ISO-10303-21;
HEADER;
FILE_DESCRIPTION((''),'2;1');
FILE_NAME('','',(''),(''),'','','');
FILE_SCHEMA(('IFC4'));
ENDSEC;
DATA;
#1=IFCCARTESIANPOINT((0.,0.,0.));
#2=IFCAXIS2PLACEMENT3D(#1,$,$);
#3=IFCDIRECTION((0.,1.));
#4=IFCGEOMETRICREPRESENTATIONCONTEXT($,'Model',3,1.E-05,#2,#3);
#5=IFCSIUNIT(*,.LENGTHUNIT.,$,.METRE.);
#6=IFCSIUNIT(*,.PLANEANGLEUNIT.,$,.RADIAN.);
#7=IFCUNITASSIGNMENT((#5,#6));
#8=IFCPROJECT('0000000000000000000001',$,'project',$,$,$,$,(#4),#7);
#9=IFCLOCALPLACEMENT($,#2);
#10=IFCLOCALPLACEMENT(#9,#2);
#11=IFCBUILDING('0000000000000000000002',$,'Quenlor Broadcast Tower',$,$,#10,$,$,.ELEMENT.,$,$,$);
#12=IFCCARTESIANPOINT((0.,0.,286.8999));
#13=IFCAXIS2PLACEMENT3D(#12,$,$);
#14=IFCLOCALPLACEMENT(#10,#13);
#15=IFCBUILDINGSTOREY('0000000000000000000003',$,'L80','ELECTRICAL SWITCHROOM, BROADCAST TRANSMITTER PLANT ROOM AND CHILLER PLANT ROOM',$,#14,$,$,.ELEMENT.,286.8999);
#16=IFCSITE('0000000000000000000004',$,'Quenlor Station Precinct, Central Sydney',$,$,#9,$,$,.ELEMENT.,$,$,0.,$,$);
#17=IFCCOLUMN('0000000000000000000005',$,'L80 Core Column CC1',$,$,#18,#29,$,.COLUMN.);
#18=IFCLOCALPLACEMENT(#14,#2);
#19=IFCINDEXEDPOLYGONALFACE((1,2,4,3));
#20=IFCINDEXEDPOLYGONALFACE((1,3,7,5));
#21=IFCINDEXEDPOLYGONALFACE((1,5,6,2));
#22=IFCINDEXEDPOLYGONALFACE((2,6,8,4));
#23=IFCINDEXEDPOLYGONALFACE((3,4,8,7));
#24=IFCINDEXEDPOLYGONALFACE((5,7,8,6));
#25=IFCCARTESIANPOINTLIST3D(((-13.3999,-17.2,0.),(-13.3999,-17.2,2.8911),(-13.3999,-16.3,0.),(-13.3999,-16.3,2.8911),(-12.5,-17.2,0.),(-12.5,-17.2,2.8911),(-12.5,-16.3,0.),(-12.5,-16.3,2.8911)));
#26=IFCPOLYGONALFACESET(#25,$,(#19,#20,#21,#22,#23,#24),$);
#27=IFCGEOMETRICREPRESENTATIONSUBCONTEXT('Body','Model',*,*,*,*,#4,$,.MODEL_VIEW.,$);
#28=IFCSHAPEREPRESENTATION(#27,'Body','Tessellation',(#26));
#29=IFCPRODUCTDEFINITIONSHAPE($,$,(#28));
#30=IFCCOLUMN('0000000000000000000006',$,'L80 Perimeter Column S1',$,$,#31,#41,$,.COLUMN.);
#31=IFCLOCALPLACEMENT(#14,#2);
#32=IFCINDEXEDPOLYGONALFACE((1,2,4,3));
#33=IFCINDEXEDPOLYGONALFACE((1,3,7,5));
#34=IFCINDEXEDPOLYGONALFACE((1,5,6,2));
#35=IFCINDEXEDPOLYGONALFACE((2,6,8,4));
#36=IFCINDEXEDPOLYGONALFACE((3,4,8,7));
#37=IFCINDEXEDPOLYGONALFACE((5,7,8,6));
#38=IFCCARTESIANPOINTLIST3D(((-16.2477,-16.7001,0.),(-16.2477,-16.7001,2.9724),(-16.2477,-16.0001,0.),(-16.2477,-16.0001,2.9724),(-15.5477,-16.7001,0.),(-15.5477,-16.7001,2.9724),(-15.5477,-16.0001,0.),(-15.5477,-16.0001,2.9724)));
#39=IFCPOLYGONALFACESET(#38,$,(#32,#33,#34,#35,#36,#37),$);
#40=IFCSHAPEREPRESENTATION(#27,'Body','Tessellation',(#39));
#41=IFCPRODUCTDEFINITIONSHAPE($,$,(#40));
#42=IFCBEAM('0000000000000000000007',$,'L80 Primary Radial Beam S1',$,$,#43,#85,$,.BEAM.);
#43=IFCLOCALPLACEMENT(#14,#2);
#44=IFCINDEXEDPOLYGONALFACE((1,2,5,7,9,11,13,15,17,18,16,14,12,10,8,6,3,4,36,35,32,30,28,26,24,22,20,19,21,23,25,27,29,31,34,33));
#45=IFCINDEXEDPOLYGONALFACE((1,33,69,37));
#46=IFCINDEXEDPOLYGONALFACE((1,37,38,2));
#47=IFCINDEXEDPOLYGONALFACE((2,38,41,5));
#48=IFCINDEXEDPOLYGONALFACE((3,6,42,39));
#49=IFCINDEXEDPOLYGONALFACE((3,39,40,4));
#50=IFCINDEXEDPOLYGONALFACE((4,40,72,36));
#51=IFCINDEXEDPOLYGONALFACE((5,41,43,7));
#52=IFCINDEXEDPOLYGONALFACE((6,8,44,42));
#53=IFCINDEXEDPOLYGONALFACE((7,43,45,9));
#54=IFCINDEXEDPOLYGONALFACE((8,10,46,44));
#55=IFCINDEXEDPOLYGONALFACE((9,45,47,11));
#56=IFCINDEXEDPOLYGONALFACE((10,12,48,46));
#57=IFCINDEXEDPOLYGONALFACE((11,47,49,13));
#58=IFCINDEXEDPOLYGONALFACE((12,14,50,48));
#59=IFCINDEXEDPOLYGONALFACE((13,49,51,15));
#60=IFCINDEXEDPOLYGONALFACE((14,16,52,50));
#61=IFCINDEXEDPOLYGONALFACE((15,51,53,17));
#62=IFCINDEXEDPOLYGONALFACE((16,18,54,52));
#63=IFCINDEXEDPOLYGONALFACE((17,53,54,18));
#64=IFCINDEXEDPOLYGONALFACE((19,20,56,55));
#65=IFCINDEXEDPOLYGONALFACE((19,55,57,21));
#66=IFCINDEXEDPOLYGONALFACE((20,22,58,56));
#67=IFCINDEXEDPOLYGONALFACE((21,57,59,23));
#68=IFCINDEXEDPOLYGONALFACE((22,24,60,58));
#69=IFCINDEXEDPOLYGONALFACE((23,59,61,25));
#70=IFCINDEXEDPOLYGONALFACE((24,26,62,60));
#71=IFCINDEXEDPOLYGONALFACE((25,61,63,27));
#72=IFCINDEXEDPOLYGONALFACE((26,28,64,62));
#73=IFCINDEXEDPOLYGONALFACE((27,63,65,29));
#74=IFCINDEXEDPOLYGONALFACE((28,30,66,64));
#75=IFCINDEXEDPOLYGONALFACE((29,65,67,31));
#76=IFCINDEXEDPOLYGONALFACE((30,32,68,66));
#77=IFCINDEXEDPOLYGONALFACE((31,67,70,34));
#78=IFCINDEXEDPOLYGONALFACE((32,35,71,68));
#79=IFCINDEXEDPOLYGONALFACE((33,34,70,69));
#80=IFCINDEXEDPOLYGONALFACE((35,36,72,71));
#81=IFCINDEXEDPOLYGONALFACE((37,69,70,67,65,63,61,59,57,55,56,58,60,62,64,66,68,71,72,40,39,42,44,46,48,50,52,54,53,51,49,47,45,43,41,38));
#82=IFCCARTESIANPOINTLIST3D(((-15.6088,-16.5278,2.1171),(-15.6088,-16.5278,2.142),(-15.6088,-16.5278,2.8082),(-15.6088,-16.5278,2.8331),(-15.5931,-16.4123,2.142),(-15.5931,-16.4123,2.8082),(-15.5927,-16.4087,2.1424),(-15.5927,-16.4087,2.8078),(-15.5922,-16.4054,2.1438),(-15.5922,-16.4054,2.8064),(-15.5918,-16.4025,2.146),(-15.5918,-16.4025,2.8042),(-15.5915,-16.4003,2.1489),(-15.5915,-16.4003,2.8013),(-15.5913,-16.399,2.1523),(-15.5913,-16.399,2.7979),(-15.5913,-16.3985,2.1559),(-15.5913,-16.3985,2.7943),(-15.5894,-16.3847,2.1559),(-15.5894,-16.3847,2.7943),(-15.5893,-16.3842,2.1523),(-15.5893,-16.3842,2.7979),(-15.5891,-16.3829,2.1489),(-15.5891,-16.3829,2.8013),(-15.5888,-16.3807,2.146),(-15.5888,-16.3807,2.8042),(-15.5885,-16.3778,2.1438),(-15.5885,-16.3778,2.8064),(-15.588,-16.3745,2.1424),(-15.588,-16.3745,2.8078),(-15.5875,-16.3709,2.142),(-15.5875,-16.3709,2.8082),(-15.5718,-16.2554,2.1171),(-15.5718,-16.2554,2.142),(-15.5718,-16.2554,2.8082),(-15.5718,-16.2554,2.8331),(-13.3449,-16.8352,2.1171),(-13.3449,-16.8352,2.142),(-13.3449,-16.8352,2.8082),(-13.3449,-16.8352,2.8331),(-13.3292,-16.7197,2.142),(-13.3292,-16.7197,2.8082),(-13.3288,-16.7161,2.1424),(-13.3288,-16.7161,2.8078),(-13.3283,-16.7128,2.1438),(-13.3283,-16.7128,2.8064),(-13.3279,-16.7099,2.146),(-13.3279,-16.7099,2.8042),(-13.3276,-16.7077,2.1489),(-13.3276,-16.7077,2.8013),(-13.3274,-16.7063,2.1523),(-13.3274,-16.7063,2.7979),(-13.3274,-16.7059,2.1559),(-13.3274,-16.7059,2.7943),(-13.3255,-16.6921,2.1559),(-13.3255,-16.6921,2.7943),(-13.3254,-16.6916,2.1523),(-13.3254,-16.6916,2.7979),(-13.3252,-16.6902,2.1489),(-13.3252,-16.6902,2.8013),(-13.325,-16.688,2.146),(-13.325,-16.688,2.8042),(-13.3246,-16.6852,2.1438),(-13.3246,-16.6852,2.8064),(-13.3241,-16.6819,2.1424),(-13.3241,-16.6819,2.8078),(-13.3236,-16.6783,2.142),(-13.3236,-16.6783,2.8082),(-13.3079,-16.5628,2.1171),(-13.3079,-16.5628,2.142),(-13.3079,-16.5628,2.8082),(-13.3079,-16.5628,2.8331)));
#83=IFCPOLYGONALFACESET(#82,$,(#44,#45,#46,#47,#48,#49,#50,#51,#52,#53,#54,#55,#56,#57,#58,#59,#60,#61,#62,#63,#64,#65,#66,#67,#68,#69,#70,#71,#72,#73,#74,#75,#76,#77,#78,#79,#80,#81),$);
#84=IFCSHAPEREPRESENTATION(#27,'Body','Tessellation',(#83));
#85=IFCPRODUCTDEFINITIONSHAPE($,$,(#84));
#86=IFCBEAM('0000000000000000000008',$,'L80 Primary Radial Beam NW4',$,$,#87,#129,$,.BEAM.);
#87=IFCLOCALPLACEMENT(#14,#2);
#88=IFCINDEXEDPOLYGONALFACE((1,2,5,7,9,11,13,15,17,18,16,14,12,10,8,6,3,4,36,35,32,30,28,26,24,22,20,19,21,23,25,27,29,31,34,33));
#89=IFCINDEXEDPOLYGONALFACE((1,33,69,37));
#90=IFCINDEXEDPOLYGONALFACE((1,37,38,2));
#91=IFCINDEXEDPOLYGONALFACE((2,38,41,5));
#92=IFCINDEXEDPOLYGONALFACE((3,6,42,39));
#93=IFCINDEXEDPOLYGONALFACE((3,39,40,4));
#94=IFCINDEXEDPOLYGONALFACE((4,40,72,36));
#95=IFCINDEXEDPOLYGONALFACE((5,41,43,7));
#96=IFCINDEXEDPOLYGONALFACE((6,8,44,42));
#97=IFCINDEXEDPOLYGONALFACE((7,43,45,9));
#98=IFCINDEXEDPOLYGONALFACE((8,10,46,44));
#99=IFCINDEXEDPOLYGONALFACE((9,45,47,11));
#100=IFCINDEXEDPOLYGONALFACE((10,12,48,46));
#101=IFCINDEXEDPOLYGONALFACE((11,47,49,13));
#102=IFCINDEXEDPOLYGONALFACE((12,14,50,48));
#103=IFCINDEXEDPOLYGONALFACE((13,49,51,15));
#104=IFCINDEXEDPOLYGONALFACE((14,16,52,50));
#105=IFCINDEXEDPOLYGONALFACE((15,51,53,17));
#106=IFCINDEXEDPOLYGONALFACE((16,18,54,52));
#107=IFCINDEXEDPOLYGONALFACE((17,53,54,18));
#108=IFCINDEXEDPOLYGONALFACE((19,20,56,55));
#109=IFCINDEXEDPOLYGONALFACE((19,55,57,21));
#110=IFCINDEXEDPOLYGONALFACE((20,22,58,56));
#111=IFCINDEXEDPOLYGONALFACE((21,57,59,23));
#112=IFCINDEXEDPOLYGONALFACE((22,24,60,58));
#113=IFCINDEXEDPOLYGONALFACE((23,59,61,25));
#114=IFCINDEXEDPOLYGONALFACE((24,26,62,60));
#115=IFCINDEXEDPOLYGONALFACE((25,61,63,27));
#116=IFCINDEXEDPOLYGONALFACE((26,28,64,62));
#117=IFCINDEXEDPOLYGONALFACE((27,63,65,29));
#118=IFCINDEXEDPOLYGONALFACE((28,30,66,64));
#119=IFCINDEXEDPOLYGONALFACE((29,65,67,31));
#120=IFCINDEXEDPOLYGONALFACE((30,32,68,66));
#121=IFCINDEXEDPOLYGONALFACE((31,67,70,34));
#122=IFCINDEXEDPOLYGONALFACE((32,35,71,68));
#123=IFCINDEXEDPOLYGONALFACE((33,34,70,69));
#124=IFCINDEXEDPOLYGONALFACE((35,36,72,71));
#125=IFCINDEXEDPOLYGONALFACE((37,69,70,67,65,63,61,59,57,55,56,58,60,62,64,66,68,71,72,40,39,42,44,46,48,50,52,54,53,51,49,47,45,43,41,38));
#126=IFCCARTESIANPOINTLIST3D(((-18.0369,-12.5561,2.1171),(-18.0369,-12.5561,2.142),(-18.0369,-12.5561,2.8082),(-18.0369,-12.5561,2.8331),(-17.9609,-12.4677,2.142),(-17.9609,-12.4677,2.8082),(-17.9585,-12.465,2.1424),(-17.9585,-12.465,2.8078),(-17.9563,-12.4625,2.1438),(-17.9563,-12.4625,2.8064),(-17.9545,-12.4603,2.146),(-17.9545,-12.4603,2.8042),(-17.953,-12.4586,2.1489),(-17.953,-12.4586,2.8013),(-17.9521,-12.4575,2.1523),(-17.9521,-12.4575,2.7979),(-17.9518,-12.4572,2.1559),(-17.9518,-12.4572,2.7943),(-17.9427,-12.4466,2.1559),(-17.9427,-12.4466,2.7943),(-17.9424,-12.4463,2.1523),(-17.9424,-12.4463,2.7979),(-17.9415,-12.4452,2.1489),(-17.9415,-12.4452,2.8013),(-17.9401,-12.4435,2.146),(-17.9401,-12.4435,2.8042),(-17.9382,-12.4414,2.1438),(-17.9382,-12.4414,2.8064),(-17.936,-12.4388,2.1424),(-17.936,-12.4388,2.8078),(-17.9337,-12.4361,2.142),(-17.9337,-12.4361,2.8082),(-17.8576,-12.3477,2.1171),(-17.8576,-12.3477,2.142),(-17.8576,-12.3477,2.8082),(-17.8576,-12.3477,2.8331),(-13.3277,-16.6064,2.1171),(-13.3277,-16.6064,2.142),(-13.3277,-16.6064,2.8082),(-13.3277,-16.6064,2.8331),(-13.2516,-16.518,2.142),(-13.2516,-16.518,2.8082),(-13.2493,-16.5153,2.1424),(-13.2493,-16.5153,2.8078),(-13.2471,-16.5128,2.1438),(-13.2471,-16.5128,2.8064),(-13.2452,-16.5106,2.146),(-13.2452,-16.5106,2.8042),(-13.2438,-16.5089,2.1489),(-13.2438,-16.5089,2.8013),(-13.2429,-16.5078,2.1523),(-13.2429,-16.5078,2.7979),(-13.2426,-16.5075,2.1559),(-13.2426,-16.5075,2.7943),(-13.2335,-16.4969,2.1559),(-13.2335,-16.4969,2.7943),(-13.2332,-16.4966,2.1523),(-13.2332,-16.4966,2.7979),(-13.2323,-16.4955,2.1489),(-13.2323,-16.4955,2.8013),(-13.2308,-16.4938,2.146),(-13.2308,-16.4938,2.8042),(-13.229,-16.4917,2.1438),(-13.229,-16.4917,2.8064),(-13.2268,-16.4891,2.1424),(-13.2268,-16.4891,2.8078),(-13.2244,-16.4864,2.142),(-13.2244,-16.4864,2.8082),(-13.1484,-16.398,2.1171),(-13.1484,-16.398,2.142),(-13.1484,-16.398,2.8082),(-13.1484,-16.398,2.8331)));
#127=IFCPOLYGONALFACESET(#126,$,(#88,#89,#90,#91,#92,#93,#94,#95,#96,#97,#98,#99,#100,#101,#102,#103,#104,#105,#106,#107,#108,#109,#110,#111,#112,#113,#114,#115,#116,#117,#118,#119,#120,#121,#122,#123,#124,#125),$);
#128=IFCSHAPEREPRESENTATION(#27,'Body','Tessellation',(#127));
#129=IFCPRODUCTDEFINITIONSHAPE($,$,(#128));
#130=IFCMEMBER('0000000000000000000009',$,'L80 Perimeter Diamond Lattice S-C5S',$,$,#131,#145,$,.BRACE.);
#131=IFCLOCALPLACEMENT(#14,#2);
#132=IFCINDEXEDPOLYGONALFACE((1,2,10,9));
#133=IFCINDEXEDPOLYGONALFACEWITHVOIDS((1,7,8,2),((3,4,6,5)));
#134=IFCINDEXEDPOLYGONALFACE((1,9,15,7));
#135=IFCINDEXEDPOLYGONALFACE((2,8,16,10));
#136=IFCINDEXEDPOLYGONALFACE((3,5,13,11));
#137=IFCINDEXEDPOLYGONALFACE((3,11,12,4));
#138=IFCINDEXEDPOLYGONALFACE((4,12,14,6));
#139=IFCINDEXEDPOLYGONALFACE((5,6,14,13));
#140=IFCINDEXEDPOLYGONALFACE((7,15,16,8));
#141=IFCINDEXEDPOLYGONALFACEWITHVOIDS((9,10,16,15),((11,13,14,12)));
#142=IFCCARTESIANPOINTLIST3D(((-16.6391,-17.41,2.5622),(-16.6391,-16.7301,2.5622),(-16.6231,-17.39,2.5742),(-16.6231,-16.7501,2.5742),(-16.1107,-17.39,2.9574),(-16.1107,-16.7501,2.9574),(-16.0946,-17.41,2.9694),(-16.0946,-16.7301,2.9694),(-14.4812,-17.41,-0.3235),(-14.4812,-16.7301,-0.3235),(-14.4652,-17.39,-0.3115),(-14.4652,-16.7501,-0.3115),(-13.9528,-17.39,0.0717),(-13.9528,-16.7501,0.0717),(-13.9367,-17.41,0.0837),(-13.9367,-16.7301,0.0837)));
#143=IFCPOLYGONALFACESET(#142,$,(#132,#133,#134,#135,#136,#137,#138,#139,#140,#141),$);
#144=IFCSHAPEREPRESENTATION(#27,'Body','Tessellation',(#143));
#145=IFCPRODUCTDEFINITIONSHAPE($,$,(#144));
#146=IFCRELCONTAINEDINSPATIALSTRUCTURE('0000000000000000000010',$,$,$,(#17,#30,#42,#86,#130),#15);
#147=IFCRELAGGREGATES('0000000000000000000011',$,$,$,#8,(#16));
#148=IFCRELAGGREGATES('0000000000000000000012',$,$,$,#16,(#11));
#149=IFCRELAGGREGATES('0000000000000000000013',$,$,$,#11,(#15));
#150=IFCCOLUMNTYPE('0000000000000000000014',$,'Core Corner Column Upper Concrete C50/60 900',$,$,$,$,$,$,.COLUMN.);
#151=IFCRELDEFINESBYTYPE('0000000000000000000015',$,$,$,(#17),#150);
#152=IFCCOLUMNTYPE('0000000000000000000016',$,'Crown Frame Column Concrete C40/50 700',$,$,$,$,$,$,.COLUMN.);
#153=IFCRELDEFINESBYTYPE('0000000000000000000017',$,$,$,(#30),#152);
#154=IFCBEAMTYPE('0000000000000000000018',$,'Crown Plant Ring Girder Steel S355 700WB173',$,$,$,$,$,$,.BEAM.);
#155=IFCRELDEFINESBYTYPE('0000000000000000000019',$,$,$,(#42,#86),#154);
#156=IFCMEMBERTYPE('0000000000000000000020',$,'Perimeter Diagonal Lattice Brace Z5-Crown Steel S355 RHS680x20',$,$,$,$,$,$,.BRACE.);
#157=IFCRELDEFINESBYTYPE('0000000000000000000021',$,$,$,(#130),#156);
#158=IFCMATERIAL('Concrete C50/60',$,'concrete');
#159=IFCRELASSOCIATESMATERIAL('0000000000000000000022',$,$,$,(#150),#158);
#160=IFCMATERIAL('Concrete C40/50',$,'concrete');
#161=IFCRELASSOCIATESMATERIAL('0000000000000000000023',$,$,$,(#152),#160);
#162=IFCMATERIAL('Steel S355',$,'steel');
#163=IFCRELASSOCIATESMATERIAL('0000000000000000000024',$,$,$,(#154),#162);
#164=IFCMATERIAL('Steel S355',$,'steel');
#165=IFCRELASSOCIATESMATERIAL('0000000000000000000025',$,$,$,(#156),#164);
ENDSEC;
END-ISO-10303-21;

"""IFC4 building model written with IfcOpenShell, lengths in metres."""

from ifc_helpers import new_model, si_unit, direction, frame, origin, origin_2d, place, context, subcontext, project, spatial, rectangle, hollow_rectangle, i_section, extrude, material, material_profile, profile_set, type_object, element, save


model = new_model("IFC4")

# Units and contexts
model_context = context("Model", 3, precision=1e-05, world=origin(), true_north=direction((0.0, 1.0)))
body_context = subcontext(model_context, "Body", "Model", "MODEL_VIEW")
ifc_project = project(units=[si_unit("LENGTHUNIT", "METRE"), si_unit("PLANEANGLEUNIT", "RADIAN")], contexts=[model_context])

# Site, building, storey
site_placement = place(None, origin())
site = spatial("IfcSite", under=ifc_project, at=site_placement, Name="Quenlor Station Precinct, Central Sydney", CompositionType="ELEMENT", RefElevation=0.0)
building_placement = place(site_placement, origin())
building = spatial("IfcBuilding", under=site, at=building_placement, Name="Quenlor Broadcast Tower", CompositionType="ELEMENT")
storey_placement = place(building_placement, frame((0.0, 0.0, 286.8999)))
storey = spatial("IfcBuildingStorey", under=building, at=storey_placement, Name="L80", Description="ELECTRICAL SWITCHROOM, BROADCAST TRANSMITTER PLANT ROOM AND CHILLER PLANT ROOM", CompositionType="ELEMENT", Elevation=286.8999)

# Columns
ifc_material_1 = material(Name="Concrete C50/60", Category="concrete")
ifc_material_profile_1 = material_profile(ifc_material_1, rectangle(XDim=0.8999, YDim=0.8999, at=origin_2d()))
ifc_profile_set_1 = profile_set([ifc_material_profile_1], Name="Concrete C50/60 RC900x900")
column_type_1 = type_object("IfcColumnType", Name="Core Corner Column Upper Concrete C50/60 900", PredefinedType="COLUMN", material=ifc_profile_set_1)
column_1_placement = place(storey_placement, frame((-12.95, -16.75, 0.0), z_axis=(0.0, 0.0, 1.0), x_axis=(1.0, 0.0, 0.0)))
element("IfcColumn", 1, at=column_1_placement, inside=storey, type_object=column_type_1, Name="L80 Core Column CC1", PredefinedType="COLUMN", context=body_context, shape_type="SweptSolid", body=[
    extrude(rectangle(XDim=0.8999, YDim=0.8999, at=origin_2d()), origin(), (0.0, 0.0, 1.0), 2.8911),
])
ifc_material_2 = material(Name="Concrete C40/50", Category="concrete")
ifc_material_profile_2 = material_profile(ifc_material_2, rectangle(XDim=0.7, YDim=0.7, at=origin_2d()))
ifc_profile_set_2 = profile_set([ifc_material_profile_2], Name="Concrete C40/50 RC700x700")
column_type_2 = type_object("IfcColumnType", Name="Crown Frame Column Concrete C40/50 700", PredefinedType="COLUMN", material=ifc_profile_set_2)
column_2_placement = place(storey_placement, frame((-15.8977, -16.3501, 0.0), z_axis=(0.0, 0.0, 1.0), x_axis=(0.0, 1.0, 0.0)))
element("IfcColumn", 2, at=column_2_placement, inside=storey, type_object=column_type_2, Name="L80 Perimeter Column S1", PredefinedType="COLUMN", context=body_context, shape_type="SweptSolid", body=[
    extrude(rectangle(XDim=0.7, YDim=0.7, at=origin_2d()), origin(), (0.0, 0.0, 1.0), 2.9724),
])

# Beams
ifc_material_3 = material(Name="Steel S355", Category="steel")
ifc_material_profile_3 = material_profile(ifc_material_3, i_section(OverallWidth=0.2749, OverallDepth=0.7161, WebThickness=0.0139, FlangeThickness=0.0249, FilletRadius=0.0139, at=origin_2d()))
ifc_profile_set_3 = profile_set([ifc_material_profile_3], Name="Steel S355 700WB173")
beam_type_1 = type_object("IfcBeamType", Name="Crown Plant Ring Girder Steel S355 700WB173", PredefinedType="BEAM", material=ifc_profile_set_3)
beam_1_placement = place(storey_placement, frame((-15.5903, -16.3916, 2.4751), z_axis=(0.990909, -0.134536, 0.0), x_axis=(0.134536, 0.990909, 0.0)))
element("IfcBeam", 3, at=beam_1_placement, inside=storey, type_object=beam_type_1, Name="L80 Primary Radial Beam S1", PredefinedType="BEAM", context=body_context, shape_type="SweptSolid", body=[
    extrude(i_section(OverallWidth=0.2749, OverallDepth=0.7161, WebThickness=0.0139, FlangeThickness=0.0249, FilletRadius=0.0139, at=origin_2d()), origin(), (0.0, 0.0, 1.0), 2.2847),
])
beam_2_placement = place(storey_placement, frame((-17.9473, -12.4519, 2.4751), z_axis=(0.758157, -0.652072, 0.0), x_axis=(0.652072, 0.758157, 0.0)))
element("IfcBeam", 4, at=beam_2_placement, inside=storey, type_object=beam_type_1, Name="L80 Primary Radial Beam NW4", PredefinedType="BEAM", context=body_context, shape_type="SweptSolid", body=[
    extrude(i_section(OverallWidth=0.2749, OverallDepth=0.7161, WebThickness=0.0139, FlangeThickness=0.0249, FilletRadius=0.0139, at=origin_2d()), origin(), (0.0, 0.0, 1.0), 6.2114),
])

# Member
ifc_material_4 = material(Name="Steel S355", Category="steel")
ifc_material_profile_4 = material_profile(ifc_material_4, hollow_rectangle(XDim=0.6799, YDim=0.6799, WallThickness=0.02, at=origin_2d()))
ifc_profile_set_4 = profile_set([ifc_material_profile_4], Name="Steel S355 RHS680x680x20")
member_type = type_object("IfcMemberType", Name="Perimeter Diagonal Lattice Brace Z5-Crown Steel S355 RHS680x20", PredefinedType="BRACE", material=ifc_profile_set_4)
member_placement = place(storey_placement, frame((-14.209, -17.0701, -0.1199), z_axis=(-0.598872, 0.0, 0.800845), x_axis=(0.0, -1.0, 0.0)))
element("IfcMember", 5, at=member_placement, inside=storey, type_object=member_type, Name="L80 Perimeter Diamond Lattice S-C5S", PredefinedType="BRACE", context=body_context, shape_type="SweptSolid", body=[
    extrude(hollow_rectangle(XDim=0.6799, YDim=0.6799, WallThickness=0.02, at=origin_2d()), origin(), (0.0, 0.0, 1.0), 3.6033),
])

save(model, "model.ifc")
